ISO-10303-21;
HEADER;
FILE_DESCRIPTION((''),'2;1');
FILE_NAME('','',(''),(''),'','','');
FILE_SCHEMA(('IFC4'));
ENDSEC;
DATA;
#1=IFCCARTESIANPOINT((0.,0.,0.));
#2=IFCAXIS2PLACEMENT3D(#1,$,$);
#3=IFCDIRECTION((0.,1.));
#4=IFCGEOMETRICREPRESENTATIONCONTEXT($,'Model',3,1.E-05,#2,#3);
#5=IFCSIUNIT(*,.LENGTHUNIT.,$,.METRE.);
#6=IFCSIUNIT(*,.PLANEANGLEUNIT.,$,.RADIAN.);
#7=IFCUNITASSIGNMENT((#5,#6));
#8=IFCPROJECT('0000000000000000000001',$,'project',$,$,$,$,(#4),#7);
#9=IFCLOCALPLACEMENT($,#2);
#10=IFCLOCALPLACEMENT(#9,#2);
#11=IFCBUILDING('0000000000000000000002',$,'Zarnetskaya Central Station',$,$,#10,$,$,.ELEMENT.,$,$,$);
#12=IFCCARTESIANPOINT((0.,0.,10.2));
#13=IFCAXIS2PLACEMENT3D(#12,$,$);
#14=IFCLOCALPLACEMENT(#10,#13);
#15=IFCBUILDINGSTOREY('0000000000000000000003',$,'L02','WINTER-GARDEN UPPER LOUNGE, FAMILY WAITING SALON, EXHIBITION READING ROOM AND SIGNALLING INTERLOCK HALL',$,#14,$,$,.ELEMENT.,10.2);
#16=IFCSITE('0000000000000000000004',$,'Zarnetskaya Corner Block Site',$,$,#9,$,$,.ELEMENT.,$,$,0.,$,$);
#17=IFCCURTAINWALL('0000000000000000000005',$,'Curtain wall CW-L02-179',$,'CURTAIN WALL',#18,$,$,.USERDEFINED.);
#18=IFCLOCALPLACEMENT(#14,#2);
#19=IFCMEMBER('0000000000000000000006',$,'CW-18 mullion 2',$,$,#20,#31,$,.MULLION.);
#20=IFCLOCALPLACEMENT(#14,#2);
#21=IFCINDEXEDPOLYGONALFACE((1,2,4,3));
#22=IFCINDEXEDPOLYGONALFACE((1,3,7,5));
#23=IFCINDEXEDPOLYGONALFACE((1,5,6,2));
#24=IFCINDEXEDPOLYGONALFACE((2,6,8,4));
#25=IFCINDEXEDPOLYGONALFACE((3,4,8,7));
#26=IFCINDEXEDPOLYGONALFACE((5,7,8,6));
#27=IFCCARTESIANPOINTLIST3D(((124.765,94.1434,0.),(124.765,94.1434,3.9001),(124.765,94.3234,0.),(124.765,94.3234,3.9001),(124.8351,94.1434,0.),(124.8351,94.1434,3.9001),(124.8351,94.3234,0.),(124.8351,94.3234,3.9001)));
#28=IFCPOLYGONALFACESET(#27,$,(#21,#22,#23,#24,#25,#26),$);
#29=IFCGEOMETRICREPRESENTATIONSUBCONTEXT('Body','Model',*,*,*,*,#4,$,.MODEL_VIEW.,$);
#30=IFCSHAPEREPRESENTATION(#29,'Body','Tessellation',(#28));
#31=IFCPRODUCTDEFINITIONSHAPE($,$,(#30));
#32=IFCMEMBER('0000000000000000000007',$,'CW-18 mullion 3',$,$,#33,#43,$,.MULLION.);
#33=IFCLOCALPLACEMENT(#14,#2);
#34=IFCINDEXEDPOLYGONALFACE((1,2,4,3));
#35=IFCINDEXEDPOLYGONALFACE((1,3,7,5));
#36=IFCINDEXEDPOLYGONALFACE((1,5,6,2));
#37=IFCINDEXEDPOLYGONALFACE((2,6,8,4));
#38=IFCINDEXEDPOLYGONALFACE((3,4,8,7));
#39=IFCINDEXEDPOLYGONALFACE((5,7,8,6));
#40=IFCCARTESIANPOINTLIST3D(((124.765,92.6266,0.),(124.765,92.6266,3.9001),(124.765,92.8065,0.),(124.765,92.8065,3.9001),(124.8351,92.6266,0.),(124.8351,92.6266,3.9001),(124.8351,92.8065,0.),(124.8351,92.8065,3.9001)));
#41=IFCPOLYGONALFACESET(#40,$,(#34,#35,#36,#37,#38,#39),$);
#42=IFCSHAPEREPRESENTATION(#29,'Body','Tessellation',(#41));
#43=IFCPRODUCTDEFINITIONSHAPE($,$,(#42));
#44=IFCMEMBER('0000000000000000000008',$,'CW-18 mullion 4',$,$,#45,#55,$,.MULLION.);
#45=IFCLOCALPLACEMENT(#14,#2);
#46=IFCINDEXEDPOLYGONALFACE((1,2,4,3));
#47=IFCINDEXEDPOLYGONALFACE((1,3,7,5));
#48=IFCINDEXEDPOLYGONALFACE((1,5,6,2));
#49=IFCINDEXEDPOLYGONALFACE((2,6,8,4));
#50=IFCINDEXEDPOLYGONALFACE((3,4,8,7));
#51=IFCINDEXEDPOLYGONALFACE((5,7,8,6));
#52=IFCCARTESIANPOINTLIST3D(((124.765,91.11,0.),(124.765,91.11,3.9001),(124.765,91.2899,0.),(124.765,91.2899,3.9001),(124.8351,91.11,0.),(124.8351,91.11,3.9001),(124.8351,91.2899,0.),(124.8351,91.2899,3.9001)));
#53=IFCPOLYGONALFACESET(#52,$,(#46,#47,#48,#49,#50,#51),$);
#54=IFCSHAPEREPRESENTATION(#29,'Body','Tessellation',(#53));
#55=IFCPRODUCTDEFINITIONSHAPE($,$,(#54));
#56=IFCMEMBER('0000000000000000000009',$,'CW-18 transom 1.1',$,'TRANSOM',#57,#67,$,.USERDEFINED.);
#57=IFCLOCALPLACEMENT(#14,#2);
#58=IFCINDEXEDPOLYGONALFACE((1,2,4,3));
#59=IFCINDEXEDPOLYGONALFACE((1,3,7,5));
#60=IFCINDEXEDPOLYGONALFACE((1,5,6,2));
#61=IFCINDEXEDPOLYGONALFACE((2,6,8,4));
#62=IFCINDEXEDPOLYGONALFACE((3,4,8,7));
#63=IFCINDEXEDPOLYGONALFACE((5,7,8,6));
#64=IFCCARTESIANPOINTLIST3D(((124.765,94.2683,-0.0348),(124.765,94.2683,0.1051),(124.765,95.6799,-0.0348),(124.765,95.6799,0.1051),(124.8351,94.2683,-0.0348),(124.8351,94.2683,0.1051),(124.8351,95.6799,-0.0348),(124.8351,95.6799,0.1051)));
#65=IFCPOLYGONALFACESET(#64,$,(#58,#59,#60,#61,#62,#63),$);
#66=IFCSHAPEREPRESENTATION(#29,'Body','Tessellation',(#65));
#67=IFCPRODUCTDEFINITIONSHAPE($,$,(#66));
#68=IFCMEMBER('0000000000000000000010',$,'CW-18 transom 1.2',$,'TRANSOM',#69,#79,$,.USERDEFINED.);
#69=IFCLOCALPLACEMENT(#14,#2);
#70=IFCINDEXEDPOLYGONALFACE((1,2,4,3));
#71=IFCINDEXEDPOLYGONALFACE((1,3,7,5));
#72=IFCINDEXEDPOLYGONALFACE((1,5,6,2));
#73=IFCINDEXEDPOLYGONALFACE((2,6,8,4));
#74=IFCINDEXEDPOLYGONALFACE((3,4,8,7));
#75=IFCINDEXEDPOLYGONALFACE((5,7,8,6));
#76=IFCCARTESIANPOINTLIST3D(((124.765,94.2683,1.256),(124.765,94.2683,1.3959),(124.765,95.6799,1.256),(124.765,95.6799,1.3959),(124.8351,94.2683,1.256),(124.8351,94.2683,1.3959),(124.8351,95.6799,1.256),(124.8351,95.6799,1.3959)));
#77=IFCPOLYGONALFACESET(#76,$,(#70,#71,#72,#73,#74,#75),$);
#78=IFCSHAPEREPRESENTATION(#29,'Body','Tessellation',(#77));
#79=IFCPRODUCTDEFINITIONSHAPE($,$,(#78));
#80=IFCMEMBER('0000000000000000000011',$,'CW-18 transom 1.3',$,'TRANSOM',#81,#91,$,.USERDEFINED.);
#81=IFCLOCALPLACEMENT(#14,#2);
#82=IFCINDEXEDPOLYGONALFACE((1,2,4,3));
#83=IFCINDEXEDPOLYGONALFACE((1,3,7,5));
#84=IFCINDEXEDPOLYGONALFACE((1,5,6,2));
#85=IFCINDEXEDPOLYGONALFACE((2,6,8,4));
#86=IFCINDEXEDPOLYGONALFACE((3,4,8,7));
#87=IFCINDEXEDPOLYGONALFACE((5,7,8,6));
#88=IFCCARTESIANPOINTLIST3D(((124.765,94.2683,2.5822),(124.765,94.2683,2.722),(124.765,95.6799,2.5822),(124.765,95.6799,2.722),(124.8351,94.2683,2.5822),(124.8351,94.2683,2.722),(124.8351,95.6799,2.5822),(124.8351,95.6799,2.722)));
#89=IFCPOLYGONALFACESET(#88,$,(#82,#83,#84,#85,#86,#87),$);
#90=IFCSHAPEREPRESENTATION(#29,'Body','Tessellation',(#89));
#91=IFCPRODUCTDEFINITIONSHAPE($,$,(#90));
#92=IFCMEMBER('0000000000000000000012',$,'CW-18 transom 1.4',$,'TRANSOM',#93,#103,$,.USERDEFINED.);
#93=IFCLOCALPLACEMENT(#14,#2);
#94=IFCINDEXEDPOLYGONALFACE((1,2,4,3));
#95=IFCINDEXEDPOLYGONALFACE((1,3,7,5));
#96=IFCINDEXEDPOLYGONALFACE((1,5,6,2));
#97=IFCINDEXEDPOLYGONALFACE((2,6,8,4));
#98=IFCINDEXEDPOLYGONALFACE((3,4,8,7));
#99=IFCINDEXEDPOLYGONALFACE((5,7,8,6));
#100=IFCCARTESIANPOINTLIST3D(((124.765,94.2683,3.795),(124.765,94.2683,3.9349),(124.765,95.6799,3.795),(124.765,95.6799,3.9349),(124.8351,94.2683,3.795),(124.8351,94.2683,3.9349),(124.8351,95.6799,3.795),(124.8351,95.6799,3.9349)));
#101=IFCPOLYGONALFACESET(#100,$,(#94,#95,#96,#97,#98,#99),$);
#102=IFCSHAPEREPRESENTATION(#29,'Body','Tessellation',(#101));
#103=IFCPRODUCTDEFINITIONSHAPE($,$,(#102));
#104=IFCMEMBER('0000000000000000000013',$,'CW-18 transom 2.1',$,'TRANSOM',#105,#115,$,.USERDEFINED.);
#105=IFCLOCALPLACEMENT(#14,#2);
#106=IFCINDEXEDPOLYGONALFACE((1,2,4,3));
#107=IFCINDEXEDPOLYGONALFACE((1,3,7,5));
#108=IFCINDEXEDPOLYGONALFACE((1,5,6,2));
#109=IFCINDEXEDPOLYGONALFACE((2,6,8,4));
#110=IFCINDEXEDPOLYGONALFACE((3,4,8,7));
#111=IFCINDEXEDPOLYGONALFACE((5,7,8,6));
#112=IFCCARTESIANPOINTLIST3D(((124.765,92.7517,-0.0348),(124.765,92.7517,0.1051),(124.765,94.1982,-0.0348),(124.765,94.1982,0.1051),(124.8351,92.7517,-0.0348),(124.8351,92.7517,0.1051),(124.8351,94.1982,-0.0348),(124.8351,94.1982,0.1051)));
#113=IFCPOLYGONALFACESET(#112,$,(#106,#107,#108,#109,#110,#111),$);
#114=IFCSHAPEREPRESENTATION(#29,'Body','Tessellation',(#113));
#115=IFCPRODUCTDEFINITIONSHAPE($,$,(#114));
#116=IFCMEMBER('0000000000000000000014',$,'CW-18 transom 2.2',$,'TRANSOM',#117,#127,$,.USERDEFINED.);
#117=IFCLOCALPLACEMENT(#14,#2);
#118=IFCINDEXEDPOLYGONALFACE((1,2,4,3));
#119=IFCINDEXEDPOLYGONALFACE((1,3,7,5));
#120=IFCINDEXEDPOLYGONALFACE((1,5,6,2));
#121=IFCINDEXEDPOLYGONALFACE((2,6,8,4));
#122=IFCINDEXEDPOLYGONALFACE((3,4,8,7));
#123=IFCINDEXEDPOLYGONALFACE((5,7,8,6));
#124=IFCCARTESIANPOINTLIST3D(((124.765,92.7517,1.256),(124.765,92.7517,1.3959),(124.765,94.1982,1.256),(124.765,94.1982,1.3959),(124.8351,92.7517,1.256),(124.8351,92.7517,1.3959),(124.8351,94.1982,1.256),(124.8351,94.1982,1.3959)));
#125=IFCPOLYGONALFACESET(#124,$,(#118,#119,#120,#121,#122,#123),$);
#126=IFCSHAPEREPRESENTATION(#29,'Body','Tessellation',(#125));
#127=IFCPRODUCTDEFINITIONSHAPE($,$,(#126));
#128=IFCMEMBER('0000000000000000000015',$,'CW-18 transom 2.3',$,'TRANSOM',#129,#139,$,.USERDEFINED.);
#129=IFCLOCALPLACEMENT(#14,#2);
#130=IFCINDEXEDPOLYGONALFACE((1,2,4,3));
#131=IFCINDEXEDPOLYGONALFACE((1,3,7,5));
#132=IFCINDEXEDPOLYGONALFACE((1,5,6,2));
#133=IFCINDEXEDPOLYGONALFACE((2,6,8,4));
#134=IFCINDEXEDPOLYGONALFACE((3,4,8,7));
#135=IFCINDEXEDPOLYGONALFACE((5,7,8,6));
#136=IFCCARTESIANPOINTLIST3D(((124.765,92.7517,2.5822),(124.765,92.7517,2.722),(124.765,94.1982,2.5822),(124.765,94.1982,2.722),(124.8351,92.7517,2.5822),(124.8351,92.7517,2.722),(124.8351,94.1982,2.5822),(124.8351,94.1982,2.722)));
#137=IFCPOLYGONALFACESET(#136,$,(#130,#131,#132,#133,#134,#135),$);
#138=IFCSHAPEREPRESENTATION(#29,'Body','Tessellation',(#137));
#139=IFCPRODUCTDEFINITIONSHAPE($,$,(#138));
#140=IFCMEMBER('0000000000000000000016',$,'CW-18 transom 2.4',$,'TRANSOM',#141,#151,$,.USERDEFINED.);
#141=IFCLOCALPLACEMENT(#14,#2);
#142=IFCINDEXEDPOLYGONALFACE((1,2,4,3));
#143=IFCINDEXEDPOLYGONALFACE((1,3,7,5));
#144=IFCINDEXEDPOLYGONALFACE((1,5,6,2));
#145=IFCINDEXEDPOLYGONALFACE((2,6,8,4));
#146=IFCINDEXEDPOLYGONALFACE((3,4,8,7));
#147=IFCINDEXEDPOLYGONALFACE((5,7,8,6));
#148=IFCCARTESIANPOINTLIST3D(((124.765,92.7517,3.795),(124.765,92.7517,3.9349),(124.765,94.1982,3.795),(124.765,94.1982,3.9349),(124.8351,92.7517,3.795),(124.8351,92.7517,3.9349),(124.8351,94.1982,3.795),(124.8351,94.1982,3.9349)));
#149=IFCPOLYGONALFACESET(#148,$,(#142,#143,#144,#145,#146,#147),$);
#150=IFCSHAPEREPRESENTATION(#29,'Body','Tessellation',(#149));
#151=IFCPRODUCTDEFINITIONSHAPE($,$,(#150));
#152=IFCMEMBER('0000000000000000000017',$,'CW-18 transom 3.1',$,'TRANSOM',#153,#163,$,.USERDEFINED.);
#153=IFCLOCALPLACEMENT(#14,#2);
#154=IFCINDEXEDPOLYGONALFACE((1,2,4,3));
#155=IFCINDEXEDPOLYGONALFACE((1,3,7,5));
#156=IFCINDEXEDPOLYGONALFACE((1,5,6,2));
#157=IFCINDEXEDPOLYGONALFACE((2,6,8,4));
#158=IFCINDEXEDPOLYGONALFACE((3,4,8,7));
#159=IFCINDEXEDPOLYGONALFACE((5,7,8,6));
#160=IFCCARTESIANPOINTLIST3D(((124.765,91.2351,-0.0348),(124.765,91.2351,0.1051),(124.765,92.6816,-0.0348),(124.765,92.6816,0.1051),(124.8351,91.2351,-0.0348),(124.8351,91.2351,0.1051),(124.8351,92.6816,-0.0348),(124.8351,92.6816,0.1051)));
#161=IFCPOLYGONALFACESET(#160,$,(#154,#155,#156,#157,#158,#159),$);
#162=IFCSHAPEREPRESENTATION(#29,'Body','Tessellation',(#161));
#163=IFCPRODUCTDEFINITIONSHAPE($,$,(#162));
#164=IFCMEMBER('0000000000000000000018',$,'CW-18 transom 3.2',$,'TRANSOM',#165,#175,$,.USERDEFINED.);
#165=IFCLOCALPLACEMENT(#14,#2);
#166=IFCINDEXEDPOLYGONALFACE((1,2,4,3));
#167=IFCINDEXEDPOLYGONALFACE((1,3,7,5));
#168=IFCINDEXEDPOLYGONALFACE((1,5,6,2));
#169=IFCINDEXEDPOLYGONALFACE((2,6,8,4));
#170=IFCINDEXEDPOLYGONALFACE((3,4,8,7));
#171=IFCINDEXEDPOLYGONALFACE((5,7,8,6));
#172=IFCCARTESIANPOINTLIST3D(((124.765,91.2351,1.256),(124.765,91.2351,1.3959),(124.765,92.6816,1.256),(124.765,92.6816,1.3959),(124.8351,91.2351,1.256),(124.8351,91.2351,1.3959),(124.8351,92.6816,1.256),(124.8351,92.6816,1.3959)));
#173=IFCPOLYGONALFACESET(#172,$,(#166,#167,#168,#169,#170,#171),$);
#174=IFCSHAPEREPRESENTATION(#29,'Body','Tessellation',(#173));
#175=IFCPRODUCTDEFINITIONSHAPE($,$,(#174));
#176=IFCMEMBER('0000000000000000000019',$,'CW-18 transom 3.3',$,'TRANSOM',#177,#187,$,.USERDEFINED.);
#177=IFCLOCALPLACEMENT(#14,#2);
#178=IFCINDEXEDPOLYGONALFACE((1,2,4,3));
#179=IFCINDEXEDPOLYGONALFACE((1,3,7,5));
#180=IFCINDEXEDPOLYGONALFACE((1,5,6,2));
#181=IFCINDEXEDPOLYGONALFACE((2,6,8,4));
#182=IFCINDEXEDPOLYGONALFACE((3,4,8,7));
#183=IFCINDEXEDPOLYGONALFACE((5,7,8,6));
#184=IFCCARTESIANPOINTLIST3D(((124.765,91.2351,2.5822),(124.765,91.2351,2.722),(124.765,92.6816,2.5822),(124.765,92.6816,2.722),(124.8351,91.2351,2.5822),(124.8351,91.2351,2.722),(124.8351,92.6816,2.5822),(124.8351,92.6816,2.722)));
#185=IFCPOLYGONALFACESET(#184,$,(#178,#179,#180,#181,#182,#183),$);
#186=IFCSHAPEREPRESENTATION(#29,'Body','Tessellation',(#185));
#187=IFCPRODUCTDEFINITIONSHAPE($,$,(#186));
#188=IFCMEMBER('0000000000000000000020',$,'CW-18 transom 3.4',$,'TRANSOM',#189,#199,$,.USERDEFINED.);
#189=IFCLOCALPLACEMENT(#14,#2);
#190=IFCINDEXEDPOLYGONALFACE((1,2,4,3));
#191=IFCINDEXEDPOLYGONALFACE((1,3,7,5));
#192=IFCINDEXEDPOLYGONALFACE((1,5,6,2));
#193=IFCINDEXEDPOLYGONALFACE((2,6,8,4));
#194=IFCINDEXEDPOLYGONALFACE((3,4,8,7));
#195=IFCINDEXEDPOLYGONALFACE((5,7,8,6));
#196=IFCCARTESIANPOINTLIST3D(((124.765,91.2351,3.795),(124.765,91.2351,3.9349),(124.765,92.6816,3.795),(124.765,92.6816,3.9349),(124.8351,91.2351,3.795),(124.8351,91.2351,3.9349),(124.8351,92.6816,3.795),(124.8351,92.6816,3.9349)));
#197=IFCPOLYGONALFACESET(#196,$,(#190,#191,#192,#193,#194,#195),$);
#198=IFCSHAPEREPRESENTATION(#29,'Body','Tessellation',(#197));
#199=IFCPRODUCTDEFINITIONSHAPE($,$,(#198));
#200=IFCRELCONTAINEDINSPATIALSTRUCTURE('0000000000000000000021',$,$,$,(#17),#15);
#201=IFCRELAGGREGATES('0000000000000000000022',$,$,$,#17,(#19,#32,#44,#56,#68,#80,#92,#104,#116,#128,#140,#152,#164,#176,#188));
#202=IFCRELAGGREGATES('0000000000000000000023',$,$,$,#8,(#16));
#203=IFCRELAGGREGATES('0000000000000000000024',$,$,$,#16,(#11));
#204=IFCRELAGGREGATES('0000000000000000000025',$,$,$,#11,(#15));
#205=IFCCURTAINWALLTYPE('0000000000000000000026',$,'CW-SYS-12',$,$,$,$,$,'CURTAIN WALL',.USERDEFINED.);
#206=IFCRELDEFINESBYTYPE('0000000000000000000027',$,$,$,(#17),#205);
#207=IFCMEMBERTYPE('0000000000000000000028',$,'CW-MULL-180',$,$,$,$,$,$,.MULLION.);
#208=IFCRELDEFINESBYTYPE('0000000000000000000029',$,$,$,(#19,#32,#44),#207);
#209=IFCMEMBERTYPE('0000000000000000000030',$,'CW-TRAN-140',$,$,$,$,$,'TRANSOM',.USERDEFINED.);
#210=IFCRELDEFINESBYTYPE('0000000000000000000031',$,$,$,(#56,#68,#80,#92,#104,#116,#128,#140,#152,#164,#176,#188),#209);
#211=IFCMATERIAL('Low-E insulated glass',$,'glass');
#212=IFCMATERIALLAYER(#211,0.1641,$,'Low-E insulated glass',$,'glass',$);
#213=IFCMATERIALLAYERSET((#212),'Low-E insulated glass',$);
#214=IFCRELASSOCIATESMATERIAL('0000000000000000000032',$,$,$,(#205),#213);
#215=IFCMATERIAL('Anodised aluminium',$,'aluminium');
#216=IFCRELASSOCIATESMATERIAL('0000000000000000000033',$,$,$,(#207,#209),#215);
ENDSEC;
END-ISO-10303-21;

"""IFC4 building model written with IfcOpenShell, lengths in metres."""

from ifc_helpers import new_model, si_unit, direction, frame, origin, origin_2d, place, context, subcontext, project, spatial, rectangle, extrude, material, layer, layer_set, material_profile, profile_set, type_object, element, aggregate, save


model = new_model("IFC4")

# Units and contexts
model_context = context("Model", 3, precision=1e-05, world=origin(), true_north=direction((0.0, 1.0)))
body_context = subcontext(model_context, "Body", "Model", "MODEL_VIEW")
ifc_project = project(units=[si_unit("LENGTHUNIT", "METRE"), si_unit("PLANEANGLEUNIT", "RADIAN")], contexts=[model_context])

# Site, building, storey
site_placement = place(None, origin())
site = spatial("IfcSite", under=ifc_project, at=site_placement, Name="Zarnetskaya Corner Block Site", CompositionType="ELEMENT", RefElevation=0.0)
building_placement = place(site_placement, origin())
building = spatial("IfcBuilding", under=site, at=building_placement, Name="Zarnetskaya Central Station", CompositionType="ELEMENT")
storey_placement = place(building_placement, frame((0.0, 0.0, 10.2)))
storey = spatial("IfcBuildingStorey", under=building, at=storey_placement, Name="L02", Description="WINTER-GARDEN UPPER LOUNGE, FAMILY WAITING SALON, EXHIBITION READING ROOM AND SIGNALLING INTERLOCK HALL", CompositionType="ELEMENT", Elevation=10.2)

# Curtain wall, members
ifc_material_1 = material(Name="Low-E insulated glass", Category="glass")
ifc_layer_1 = layer(ifc_material_1, 0.1641, Name="Low-E insulated glass", Category="glass")
ifc_layer_set_1 = layer_set([ifc_layer_1], Name="Low-E insulated glass")
curtain_wall_type = type_object("IfcCurtainWallType", Name="CW-SYS-12", ElementType="CURTAIN WALL", PredefinedType="USERDEFINED", material=ifc_layer_set_1)
curtain_wall_placement = place(storey_placement, origin())
curtain_wall = element("IfcCurtainWall", 1, at=curtain_wall_placement, inside=storey, type_object=curtain_wall_type, Name="Curtain wall CW-L02-179", ObjectType="CURTAIN WALL", PredefinedType="USERDEFINED")
ifc_material_2 = material(Name="Anodised aluminium", Category="aluminium")
ifc_material_profile_1 = material_profile(ifc_material_2, rectangle(XDim=0.0701, YDim=0.1799, at=origin_2d()), Name="ALU MULL 70x180")
ifc_profile_set_1 = profile_set([ifc_material_profile_1], Name="Anodised aluminium")
member_type_1 = type_object("IfcMemberType", Name="CW-MULL-180", PredefinedType="MULLION", material=ifc_profile_set_1)
member_1_placement = place(storey_placement, frame((124.8, 94.2334, 0.0), z_axis=(0.0, 0.0, 1.0), x_axis=(1.0, 0.0, 0.0)))
member_1 = element("IfcMember", 2, at=member_1_placement, type_object=member_type_1, Name="CW-18 mullion 2", PredefinedType="MULLION", context=body_context, shape_type="SweptSolid", body=[
    extrude(rectangle(XDim=0.0701, YDim=0.1799, at=origin_2d()), origin(), (0.0, 0.0, 1.0), 3.9001),
])
member_2_placement = place(storey_placement, frame((124.8, 92.7166, 0.0), z_axis=(0.0, 0.0, 1.0), x_axis=(1.0, 0.0, 0.0)))
member_2 = element("IfcMember", 3, at=member_2_placement, type_object=member_type_1, Name="CW-18 mullion 3", PredefinedType="MULLION", context=body_context, shape_type="SweptSolid", body=[
    extrude(rectangle(XDim=0.0701, YDim=0.1799, at=origin_2d()), origin(), (0.0, 0.0, 1.0), 3.9001),
])
member_3_placement = place(storey_placement, frame((124.8, 91.2, 0.0), z_axis=(0.0, 0.0, 1.0), x_axis=(1.0, 0.0, 0.0)))
member_3 = element("IfcMember", 4, at=member_3_placement, type_object=member_type_1, Name="CW-18 mullion 4", PredefinedType="MULLION", context=body_context, shape_type="SweptSolid", body=[
    extrude(rectangle(XDim=0.0701, YDim=0.1799, at=origin_2d()), origin(), (0.0, 0.0, 1.0), 3.9001),
])
ifc_material_profile_2 = material_profile(ifc_material_2, rectangle(XDim=0.0701, YDim=0.1399, at=origin_2d()), Name="ALU TRAN 70x140")
ifc_profile_set_2 = profile_set([ifc_material_profile_2], Name="Anodised aluminium")
member_type_2 = type_object("IfcMemberType", Name="CW-TRAN-140", ElementType="TRANSOM", PredefinedType="USERDEFINED", material=ifc_profile_set_2)
member_4_placement = place(storey_placement, frame((124.8, 95.6799, 0.0352), z_axis=(0.0, -1.0, 0.0), x_axis=(1.0, 0.0, 0.0)))
member_4 = element("IfcMember", 5, at=member_4_placement, type_object=member_type_2, Name="CW-18 transom 1.1", ObjectType="TRANSOM", PredefinedType="USERDEFINED", context=body_context, shape_type="SweptSolid", body=[
    extrude(rectangle(XDim=0.0701, YDim=0.1399, at=origin_2d()), origin(), (0.0, 0.0, 1.0), 1.4116),
])
member_5_placement = place(storey_placement, frame((124.8, 95.6799, 1.3259), z_axis=(0.0, -1.0, 0.0), x_axis=(1.0, 0.0, 0.0)))
member_5 = element("IfcMember", 6, at=member_5_placement, type_object=member_type_2, Name="CW-18 transom 1.2", ObjectType="TRANSOM", PredefinedType="USERDEFINED", context=body_context, shape_type="SweptSolid", body=[
    extrude(rectangle(XDim=0.0701, YDim=0.1399, at=origin_2d()), origin(), (0.0, 0.0, 1.0), 1.4116),
])
member_6_placement = place(storey_placement, frame((124.8, 95.6799, 2.6521), z_axis=(0.0, -1.0, 0.0), x_axis=(1.0, 0.0, 0.0)))
member_6 = element("IfcMember", 7, at=member_6_placement, type_object=member_type_2, Name="CW-18 transom 1.3", ObjectType="TRANSOM", PredefinedType="USERDEFINED", context=body_context, shape_type="SweptSolid", body=[
    extrude(rectangle(XDim=0.0701, YDim=0.1399, at=origin_2d()), origin(), (0.0, 0.0, 1.0), 1.4116),
])
member_7_placement = place(storey_placement, frame((124.8, 95.6799, 3.865), z_axis=(0.0, -1.0, 0.0), x_axis=(1.0, 0.0, 0.0)))
member_7 = element("IfcMember", 8, at=member_7_placement, type_object=member_type_2, Name="CW-18 transom 1.4", ObjectType="TRANSOM", PredefinedType="USERDEFINED", context=body_context, shape_type="SweptSolid", body=[
    extrude(rectangle(XDim=0.0701, YDim=0.1399, at=origin_2d()), origin(), (0.0, 0.0, 1.0), 1.4116),
])
member_8_placement = place(storey_placement, frame((124.8, 94.1982, 0.0352), z_axis=(0.0, -1.0, 0.0), x_axis=(1.0, 0.0, 0.0)))
member_8 = element("IfcMember", 9, at=member_8_placement, type_object=member_type_2, Name="CW-18 transom 2.1", ObjectType="TRANSOM", PredefinedType="USERDEFINED", context=body_context, shape_type="SweptSolid", body=[
    extrude(rectangle(XDim=0.0701, YDim=0.1399, at=origin_2d()), origin(), (0.0, 0.0, 1.0), 1.4465),
])
member_9_placement = place(storey_placement, frame((124.8, 94.1982, 1.3259), z_axis=(0.0, -1.0, 0.0), x_axis=(1.0, 0.0, 0.0)))
member_9 = element("IfcMember", 10, at=member_9_placement, type_object=member_type_2, Name="CW-18 transom 2.2", ObjectType="TRANSOM", PredefinedType="USERDEFINED", context=body_context, shape_type="SweptSolid", body=[
    extrude(rectangle(XDim=0.0701, YDim=0.1399, at=origin_2d()), origin(), (0.0, 0.0, 1.0), 1.4465),
])
member_10_placement = place(storey_placement, frame((124.8, 94.1982, 2.6521), z_axis=(0.0, -1.0, 0.0), x_axis=(1.0, 0.0, 0.0)))
member_10 = element("IfcMember", 11, at=member_10_placement, type_object=member_type_2, Name="CW-18 transom 2.3", ObjectType="TRANSOM", PredefinedType="USERDEFINED", context=body_context, shape_type="SweptSolid", body=[
    extrude(rectangle(XDim=0.0701, YDim=0.1399, at=origin_2d()), origin(), (0.0, 0.0, 1.0), 1.4465),
])
member_11_placement = place(storey_placement, frame((124.8, 94.1982, 3.865), z_axis=(0.0, -1.0, 0.0), x_axis=(1.0, 0.0, 0.0)))
member_11 = element("IfcMember", 12, at=member_11_placement, type_object=member_type_2, Name="CW-18 transom 2.4", ObjectType="TRANSOM", PredefinedType="USERDEFINED", context=body_context, shape_type="SweptSolid", body=[
    extrude(rectangle(XDim=0.0701, YDim=0.1399, at=origin_2d()), origin(), (0.0, 0.0, 1.0), 1.4465),
])
member_12_placement = place(storey_placement, frame((124.8, 92.6816, 0.0352), z_axis=(0.0, -1.0, 0.0), x_axis=(1.0, 0.0, 0.0)))
member_12 = element("IfcMember", 13, at=member_12_placement, type_object=member_type_2, Name="CW-18 transom 3.1", ObjectType="TRANSOM", PredefinedType="USERDEFINED", context=body_context, shape_type="SweptSolid", body=[
    extrude(rectangle(XDim=0.0701, YDim=0.1399, at=origin_2d()), origin(), (0.0, 0.0, 1.0), 1.4465),
])
member_13_placement = place(storey_placement, frame((124.8, 92.6816, 1.3259), z_axis=(0.0, -1.0, 0.0), x_axis=(1.0, 0.0, 0.0)))
member_13 = element("IfcMember", 14, at=member_13_placement, type_object=member_type_2, Name="CW-18 transom 3.2", ObjectType="TRANSOM", PredefinedType="USERDEFINED", context=body_context, shape_type="SweptSolid", body=[
    extrude(rectangle(XDim=0.0701, YDim=0.1399, at=origin_2d()), origin(), (0.0, 0.0, 1.0), 1.4465),
])
member_14_placement = place(storey_placement, frame((124.8, 92.6816, 2.6521), z_axis=(0.0, -1.0, 0.0), x_axis=(1.0, 0.0, 0.0)))
member_14 = element("IfcMember", 15, at=member_14_placement, type_object=member_type_2, Name="CW-18 transom 3.3", ObjectType="TRANSOM", PredefinedType="USERDEFINED", context=body_context, shape_type="SweptSolid", body=[
    extrude(rectangle(XDim=0.0701, YDim=0.1399, at=origin_2d()), origin(), (0.0, 0.0, 1.0), 1.4465),
])
member_15_placement = place(storey_placement, frame((124.8, 92.6816, 3.865), z_axis=(0.0, -1.0, 0.0), x_axis=(1.0, 0.0, 0.0)))
member_15 = element("IfcMember", 16, at=member_15_placement, type_object=member_type_2, Name="CW-18 transom 3.4", ObjectType="TRANSOM", PredefinedType="USERDEFINED", context=body_context, shape_type="SweptSolid", body=[
    extrude(rectangle(XDim=0.0701, YDim=0.1399, at=origin_2d()), origin(), (0.0, 0.0, 1.0), 1.4465),
])
aggregate(curtain_wall, [member_1, member_2, member_3, member_4, member_5, member_6, member_7, member_8, member_9, member_10, member_11, member_12, member_13, member_14, member_15])

save(model, "model.ifc")
